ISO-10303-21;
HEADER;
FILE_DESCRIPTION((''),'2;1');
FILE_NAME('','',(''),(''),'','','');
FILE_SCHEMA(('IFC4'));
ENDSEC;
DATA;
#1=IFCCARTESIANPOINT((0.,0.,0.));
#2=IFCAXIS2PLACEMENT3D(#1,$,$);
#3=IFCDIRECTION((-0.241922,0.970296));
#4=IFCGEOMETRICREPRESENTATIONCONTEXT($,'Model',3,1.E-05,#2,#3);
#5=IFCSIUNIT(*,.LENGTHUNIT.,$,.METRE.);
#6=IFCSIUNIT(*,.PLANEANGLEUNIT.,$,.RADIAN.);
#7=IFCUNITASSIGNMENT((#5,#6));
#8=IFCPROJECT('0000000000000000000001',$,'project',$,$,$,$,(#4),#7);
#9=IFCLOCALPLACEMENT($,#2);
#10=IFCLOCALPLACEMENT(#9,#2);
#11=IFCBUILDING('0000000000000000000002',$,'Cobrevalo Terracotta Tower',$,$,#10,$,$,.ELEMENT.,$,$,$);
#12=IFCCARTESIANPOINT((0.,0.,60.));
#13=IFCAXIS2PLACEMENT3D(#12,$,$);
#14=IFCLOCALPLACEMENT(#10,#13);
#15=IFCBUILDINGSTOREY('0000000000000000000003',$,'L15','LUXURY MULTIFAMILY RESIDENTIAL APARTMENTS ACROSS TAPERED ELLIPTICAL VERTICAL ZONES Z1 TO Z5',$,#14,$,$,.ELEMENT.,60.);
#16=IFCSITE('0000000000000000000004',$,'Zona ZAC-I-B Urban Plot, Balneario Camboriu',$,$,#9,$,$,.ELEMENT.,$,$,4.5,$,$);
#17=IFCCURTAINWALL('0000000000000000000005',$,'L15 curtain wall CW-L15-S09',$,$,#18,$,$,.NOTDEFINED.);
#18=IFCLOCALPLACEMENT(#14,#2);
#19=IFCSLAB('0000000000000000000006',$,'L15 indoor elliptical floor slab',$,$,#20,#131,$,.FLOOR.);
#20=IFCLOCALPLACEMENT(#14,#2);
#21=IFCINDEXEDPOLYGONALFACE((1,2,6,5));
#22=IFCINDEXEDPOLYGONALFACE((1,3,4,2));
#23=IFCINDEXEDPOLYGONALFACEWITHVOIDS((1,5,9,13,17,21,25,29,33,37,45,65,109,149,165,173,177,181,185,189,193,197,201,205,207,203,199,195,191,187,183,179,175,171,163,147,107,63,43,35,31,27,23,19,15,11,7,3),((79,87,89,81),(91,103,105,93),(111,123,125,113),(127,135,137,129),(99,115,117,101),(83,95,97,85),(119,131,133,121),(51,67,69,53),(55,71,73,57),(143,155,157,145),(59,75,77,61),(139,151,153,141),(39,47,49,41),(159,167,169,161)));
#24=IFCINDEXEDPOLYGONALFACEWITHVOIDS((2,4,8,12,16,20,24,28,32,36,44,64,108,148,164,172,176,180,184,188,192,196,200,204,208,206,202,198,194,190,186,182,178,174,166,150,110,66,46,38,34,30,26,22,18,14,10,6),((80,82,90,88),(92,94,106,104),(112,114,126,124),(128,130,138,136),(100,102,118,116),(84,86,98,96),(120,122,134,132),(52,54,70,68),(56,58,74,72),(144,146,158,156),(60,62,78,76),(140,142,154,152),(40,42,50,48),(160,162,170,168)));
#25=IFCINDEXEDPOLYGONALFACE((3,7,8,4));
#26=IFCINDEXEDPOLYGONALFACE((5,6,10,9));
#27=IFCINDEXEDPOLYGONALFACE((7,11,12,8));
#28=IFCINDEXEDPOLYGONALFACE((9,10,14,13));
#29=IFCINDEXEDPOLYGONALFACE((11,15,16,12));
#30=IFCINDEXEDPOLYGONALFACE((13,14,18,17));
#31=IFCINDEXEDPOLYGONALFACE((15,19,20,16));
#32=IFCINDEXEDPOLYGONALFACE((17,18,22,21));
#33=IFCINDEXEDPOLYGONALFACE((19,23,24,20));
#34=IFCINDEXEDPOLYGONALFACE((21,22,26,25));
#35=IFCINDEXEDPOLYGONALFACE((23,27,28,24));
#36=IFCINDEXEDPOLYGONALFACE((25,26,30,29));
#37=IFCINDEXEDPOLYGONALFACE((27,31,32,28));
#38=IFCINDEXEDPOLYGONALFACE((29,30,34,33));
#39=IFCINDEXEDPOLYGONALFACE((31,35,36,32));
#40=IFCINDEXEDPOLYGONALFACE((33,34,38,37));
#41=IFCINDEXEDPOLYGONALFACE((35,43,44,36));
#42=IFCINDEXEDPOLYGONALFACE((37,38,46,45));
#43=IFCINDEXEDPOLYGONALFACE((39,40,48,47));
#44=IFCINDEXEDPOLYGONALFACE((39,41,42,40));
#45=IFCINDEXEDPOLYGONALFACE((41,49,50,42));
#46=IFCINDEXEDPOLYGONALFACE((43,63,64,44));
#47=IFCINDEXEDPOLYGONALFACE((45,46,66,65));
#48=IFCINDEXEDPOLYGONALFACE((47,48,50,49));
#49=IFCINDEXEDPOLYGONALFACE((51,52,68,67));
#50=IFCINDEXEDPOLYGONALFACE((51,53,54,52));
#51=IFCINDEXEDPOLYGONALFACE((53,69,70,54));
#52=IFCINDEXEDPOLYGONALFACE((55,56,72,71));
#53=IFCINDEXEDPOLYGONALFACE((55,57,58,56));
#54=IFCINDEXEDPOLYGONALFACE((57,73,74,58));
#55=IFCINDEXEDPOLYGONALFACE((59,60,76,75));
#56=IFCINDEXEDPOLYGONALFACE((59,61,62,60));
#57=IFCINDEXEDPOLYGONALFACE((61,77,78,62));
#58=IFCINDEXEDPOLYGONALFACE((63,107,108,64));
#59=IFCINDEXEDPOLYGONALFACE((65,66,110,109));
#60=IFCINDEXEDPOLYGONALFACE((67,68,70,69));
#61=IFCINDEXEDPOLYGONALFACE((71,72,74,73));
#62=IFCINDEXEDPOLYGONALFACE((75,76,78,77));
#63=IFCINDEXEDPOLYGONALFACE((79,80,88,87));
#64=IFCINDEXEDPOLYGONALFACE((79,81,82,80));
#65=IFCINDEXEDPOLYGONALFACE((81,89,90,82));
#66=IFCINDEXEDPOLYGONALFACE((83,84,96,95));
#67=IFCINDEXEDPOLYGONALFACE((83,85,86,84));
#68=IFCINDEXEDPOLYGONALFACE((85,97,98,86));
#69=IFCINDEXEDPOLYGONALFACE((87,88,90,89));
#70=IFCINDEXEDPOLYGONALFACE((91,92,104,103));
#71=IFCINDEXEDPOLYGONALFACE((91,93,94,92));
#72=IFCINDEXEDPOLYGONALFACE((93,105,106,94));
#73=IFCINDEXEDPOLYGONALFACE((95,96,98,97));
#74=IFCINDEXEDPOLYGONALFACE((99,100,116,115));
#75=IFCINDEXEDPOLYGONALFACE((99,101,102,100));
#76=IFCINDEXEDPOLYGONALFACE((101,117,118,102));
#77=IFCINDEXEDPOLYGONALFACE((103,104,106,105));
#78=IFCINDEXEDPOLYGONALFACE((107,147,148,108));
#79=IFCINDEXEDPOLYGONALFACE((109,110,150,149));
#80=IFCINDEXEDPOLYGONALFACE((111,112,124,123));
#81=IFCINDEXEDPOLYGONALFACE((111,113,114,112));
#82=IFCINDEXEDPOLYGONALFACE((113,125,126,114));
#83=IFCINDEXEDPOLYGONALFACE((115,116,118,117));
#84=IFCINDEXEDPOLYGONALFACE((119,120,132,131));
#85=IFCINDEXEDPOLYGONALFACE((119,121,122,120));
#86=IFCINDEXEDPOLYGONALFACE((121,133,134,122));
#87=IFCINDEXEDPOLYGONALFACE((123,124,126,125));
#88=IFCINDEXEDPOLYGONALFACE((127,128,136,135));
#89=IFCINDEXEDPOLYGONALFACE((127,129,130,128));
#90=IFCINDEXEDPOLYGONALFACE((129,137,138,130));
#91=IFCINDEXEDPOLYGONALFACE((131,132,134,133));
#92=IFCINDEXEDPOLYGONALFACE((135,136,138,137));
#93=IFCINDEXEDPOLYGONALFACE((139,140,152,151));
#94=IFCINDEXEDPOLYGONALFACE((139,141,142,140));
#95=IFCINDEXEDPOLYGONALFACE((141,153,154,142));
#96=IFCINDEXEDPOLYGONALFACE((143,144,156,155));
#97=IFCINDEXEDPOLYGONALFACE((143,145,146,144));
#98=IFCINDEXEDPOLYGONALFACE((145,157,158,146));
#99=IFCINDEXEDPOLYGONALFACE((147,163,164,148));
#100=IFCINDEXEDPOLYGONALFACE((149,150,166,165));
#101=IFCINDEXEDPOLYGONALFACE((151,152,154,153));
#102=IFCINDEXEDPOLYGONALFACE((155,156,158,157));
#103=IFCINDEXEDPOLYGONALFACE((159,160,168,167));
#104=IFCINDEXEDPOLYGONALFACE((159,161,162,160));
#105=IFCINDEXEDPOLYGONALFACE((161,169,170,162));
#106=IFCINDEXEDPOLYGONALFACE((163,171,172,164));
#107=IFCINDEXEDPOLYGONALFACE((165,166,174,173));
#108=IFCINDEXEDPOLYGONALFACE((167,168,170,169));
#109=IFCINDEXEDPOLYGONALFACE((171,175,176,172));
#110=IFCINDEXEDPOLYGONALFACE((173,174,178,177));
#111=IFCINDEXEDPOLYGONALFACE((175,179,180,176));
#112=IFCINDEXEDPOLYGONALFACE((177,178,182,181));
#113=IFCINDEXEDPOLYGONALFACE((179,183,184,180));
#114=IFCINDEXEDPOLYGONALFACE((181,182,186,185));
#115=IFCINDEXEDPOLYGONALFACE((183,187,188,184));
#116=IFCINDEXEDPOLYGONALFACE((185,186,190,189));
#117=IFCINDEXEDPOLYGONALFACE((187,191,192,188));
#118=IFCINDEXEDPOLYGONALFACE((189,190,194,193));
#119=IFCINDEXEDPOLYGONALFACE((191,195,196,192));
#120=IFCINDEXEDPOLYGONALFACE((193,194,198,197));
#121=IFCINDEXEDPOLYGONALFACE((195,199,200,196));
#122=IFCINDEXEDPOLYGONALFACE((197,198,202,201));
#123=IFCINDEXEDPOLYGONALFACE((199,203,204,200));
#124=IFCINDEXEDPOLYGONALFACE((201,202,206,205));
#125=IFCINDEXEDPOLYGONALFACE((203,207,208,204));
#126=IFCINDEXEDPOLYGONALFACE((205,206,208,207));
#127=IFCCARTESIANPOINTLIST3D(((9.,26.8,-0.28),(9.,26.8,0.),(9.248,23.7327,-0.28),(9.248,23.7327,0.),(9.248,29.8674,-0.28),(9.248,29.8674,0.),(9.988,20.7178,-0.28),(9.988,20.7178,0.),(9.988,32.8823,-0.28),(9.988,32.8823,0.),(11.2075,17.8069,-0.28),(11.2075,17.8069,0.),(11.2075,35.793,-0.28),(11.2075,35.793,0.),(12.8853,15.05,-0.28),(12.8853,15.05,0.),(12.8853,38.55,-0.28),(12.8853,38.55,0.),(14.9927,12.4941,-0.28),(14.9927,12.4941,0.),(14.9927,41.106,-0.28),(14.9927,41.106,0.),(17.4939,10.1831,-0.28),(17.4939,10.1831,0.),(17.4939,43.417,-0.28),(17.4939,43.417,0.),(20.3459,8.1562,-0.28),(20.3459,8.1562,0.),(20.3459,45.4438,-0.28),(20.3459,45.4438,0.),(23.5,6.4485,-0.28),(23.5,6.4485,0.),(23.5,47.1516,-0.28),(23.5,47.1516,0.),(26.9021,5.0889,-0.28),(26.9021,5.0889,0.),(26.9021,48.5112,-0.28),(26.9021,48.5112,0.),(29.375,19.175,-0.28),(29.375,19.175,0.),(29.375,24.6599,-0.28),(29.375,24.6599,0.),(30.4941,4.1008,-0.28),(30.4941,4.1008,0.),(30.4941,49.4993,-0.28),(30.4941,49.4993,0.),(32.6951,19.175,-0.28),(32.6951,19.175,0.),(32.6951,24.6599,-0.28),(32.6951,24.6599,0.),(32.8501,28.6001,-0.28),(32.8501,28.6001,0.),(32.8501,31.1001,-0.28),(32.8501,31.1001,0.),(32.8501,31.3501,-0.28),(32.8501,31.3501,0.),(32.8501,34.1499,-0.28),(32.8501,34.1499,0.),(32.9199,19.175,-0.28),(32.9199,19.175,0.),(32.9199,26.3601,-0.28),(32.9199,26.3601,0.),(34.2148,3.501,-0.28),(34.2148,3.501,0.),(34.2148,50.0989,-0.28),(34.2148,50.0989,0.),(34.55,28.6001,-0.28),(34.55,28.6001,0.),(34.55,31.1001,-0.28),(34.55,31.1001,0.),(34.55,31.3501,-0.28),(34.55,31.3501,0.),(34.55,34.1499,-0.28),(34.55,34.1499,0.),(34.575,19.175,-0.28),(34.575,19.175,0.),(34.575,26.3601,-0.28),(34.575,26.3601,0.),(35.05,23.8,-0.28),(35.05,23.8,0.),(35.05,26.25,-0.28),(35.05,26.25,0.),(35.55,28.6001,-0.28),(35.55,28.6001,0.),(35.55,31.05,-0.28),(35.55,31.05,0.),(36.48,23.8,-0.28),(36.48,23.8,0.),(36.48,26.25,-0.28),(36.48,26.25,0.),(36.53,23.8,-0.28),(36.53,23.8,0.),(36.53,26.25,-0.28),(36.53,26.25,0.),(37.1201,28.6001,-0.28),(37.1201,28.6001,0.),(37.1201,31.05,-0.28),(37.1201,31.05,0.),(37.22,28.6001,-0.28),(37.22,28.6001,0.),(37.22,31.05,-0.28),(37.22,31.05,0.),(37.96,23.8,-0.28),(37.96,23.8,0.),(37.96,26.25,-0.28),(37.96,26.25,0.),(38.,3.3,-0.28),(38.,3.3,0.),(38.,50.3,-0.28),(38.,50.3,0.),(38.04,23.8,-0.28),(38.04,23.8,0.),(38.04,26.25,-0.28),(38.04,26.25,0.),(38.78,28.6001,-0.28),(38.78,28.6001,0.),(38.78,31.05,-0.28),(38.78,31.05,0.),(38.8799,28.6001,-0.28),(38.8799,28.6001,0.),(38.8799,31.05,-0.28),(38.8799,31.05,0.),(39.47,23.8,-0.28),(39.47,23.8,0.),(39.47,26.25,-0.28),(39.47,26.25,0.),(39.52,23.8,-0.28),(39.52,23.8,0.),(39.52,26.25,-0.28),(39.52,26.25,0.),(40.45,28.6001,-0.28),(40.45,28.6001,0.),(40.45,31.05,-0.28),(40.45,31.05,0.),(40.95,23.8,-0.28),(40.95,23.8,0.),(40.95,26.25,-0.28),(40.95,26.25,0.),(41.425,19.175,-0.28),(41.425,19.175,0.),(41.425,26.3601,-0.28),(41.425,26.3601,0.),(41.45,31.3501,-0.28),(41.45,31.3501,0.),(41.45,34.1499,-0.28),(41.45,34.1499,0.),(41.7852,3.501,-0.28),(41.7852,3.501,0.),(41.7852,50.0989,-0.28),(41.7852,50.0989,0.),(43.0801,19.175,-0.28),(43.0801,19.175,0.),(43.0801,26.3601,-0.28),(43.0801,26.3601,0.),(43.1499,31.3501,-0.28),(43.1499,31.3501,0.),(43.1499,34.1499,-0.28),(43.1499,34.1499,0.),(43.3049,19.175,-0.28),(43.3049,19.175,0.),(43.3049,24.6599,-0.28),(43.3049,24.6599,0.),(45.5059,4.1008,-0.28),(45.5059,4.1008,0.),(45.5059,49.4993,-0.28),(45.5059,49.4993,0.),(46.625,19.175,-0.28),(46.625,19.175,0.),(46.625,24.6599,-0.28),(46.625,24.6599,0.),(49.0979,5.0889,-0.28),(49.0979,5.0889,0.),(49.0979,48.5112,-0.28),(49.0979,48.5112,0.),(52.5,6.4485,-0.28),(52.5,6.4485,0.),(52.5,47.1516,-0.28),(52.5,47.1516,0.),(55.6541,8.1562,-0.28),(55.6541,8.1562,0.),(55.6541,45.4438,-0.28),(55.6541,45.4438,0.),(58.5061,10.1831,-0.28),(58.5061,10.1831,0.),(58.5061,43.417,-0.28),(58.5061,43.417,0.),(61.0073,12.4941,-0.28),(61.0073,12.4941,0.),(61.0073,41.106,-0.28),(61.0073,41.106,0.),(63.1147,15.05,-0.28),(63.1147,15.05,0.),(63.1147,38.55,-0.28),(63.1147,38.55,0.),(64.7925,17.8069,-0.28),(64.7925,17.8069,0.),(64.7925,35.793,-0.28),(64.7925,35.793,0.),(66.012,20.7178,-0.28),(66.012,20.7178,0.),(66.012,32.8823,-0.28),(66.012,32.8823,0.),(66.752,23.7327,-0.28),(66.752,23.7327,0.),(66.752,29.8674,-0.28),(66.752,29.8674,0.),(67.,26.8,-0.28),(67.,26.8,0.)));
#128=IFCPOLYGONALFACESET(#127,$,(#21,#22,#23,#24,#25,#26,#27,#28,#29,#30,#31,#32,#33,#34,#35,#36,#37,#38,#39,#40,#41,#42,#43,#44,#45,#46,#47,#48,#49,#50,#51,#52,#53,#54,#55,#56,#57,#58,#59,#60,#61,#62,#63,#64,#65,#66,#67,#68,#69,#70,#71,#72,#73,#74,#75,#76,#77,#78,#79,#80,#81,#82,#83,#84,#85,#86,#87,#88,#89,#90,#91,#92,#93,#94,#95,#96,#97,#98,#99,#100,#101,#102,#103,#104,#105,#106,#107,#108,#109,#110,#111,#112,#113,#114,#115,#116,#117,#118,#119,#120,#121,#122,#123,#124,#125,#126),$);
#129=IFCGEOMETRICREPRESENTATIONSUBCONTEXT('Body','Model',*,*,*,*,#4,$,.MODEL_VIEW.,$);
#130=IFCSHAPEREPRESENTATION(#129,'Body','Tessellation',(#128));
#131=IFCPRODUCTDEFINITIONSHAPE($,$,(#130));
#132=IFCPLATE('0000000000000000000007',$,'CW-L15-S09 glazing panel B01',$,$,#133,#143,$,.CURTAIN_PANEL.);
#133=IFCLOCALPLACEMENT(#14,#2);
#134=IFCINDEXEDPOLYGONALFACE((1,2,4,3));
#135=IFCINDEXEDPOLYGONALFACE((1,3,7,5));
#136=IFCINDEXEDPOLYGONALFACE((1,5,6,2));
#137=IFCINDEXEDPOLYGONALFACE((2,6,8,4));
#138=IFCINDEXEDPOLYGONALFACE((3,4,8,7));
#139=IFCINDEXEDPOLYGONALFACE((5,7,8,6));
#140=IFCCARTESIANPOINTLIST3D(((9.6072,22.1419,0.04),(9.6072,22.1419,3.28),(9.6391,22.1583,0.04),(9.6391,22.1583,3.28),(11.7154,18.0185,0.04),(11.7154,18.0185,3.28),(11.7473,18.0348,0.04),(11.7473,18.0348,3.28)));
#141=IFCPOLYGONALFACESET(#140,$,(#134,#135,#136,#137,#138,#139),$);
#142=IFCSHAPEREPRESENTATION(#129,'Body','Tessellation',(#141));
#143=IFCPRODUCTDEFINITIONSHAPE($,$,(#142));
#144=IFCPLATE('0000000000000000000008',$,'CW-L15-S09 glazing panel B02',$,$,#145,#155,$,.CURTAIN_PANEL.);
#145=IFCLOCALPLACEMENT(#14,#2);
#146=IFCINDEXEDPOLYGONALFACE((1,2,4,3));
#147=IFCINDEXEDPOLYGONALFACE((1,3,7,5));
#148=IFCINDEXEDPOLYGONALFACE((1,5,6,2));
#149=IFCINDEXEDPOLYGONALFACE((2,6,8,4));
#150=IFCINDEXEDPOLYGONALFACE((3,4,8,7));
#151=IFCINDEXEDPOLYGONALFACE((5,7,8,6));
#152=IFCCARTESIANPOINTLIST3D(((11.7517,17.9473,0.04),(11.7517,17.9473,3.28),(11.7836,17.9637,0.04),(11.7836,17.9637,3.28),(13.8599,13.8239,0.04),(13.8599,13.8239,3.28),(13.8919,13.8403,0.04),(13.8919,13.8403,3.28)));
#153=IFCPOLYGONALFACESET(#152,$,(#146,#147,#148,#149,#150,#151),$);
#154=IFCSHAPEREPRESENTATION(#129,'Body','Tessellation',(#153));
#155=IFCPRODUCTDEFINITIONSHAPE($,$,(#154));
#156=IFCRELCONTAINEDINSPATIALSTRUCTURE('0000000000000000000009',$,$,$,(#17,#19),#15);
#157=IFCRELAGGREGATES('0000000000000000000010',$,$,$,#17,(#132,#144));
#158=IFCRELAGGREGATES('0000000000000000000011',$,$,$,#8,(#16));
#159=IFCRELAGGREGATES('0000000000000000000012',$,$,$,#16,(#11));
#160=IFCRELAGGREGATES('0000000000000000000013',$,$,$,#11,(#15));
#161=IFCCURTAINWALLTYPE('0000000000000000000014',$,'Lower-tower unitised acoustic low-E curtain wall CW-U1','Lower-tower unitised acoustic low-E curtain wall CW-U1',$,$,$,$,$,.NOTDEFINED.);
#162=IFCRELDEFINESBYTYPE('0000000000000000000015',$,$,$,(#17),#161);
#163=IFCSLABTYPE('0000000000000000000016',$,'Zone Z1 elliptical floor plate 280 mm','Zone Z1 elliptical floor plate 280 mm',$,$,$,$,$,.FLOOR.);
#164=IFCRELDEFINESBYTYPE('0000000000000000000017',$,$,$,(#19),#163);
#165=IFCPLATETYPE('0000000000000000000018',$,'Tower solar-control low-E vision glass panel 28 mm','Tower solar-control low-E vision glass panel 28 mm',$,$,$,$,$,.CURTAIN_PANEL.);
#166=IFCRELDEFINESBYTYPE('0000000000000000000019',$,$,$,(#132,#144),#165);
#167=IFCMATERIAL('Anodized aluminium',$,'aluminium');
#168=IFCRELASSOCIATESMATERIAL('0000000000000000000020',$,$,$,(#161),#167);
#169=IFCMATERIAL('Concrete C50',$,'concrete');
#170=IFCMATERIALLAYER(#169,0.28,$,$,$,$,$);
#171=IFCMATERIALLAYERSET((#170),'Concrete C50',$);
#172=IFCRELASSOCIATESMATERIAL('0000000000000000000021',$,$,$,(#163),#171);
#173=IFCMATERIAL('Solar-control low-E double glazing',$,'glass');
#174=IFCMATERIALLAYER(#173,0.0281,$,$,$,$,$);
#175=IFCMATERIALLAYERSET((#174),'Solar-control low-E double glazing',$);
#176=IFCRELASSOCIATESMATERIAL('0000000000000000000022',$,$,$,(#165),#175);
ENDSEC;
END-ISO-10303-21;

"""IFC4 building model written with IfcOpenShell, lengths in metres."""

from ifc_helpers import new_model, si_unit, direction, frame, origin, origin_2d, place, context, subcontext, project, spatial, polyline, rectangle, outline, extrude, source, transform, mapped, material, layer, layer_set, type_object, element, aggregate, save


model = new_model("IFC4")

# Units and contexts
model_context = context("Model", 3, precision=1e-05, world=origin(), true_north=direction((-0.241922, 0.970296)))
body_context = subcontext(model_context, "Body", "Model", "MODEL_VIEW")
ifc_project = project(units=[si_unit("LENGTHUNIT", "METRE"), si_unit("PLANEANGLEUNIT", "RADIAN")], contexts=[model_context])

# Site, building, storey
site_placement = place(None, origin())
site = spatial("IfcSite", under=ifc_project, at=site_placement, Name="Zona ZAC-I-B Urban Plot, Balneario Camboriu", CompositionType="ELEMENT", RefElevation=4.5)
building_placement = place(site_placement, origin())
building = spatial("IfcBuilding", under=site, at=building_placement, Name="Cobrevalo Terracotta Tower", CompositionType="ELEMENT")
storey_placement = place(building_placement, frame((0.0, 0.0, 60.0)))
storey = spatial("IfcBuildingStorey", under=building, at=storey_placement, Name="L15", Description="LUXURY MULTIFAMILY RESIDENTIAL APARTMENTS ACROSS TAPERED ELLIPTICAL VERTICAL ZONES Z1 TO Z5", CompositionType="ELEMENT", Elevation=60.0)

# Curtain wall
ifc_material_1 = material(Name="Anodized aluminium", Category="aluminium")
curtain_wall_type = type_object("IfcCurtainWallType", Name="Lower-tower unitised acoustic low-E curtain wall CW-U1", Description="Lower-tower unitised acoustic low-E curtain wall CW-U1", PredefinedType="NOTDEFINED", material=ifc_material_1)
curtain_wall_1_placement = place(storey_placement, origin())
curtain_wall_1 = element("IfcCurtainWall", 1, at=curtain_wall_1_placement, inside=storey, type_object=curtain_wall_type, Name="L15 curtain wall CW-L15-S09", PredefinedType="NOTDEFINED")

# Shared definitions
ifc_material_2 = material(Name="Concrete C50", Category="concrete")

# Slab
ifc_layer_1 = layer(ifc_material_2, 0.28)
ifc_layer_set_1 = layer_set([ifc_layer_1], Name="Concrete C50")
slab_type_1 = type_object("IfcSlabType", Name="Zone Z1 elliptical floor plate 280 mm", Description="Zone Z1 elliptical floor plate 280 mm", PredefinedType="FLOOR", material=ifc_layer_set_1)
slab_1_placement = place(storey_placement, frame((0.0, 0.0, -0.28)))
element("IfcSlab", 2, at=slab_1_placement, inside=storey, type_object=slab_type_1, Name="L15 indoor elliptical floor slab", PredefinedType="FLOOR", context=body_context, shape_type="SweptSolid", body=[
    extrude(outline(polyline([(66.752, 23.7327), (66.012, 20.7178), (64.7925, 17.8069), (63.1147, 15.05), (61.0073, 12.4941), (58.5061, 10.1831), (55.6541, 8.1562), (52.5, 6.4485), (49.0979, 5.0889), (45.5059, 4.1008), (41.7852, 3.501), (38.0, 3.3), (34.2148, 3.501), (30.4941, 4.1008), (26.9021, 5.0889), (23.5, 6.4485), (20.3459, 8.1562), (17.4939, 10.1831), (14.9927, 12.4941), (12.8853, 15.05), (11.2075, 17.8069), (9.988, 20.7178), (9.248, 23.7327), (9.0, 26.8), (9.248, 29.8674), (9.988, 32.8823), (11.2075, 35.793), (12.8853, 38.55), (14.9927, 41.106), (17.4939, 43.417), (20.3459, 45.4438), (23.5, 47.1516), (26.9021, 48.5112), (30.4941, 49.4993), (34.2148, 50.0989), (38.0, 50.3), (41.7852, 50.0989), (45.5059, 49.4993), (49.0979, 48.5112), (52.5, 47.1516), (55.6541, 45.4438), (58.5061, 43.417), (61.0073, 41.106), (63.1147, 38.55), (64.7925, 35.793), (66.012, 32.8823), (66.752, 29.8674), (67.0, 26.8), (66.752, 23.7327)]), holes=[polyline([(32.6951, 19.175), (32.6951, 24.6599), (29.375, 24.6599), (29.375, 19.175), (32.6951, 19.175)]), polyline([(34.575, 19.175), (34.575, 26.3601), (32.9199, 26.3601), (32.9199, 19.175), (34.575, 19.175)]), polyline([(36.48, 23.8), (36.48, 26.25), (35.05, 26.25), (35.05, 23.8), (36.48, 23.8)]), polyline([(37.96, 23.8), (37.96, 26.25), (36.53, 26.25), (36.53, 23.8), (37.96, 23.8)]), polyline([(37.1201, 28.6001), (37.1201, 31.05), (35.55, 31.05), (35.55, 28.6001), (37.1201, 28.6001)]), polyline([(34.55, 28.6001), (34.55, 31.1001), (32.8501, 31.1001), (32.8501, 28.6001), (34.55, 28.6001)]), polyline([(34.55, 31.3501), (34.55, 34.1499), (32.8501, 34.1499), (32.8501, 31.3501), (34.55, 31.3501)]), polyline([(46.625, 19.175), (46.625, 24.6599), (43.3049, 24.6599), (43.3049, 19.175), (46.625, 19.175)]), polyline([(43.0801, 19.175), (43.0801, 26.3601), (41.425, 26.3601), (41.425, 19.175), (43.0801, 19.175)]), polyline([(39.47, 23.8), (39.47, 26.25), (38.04, 26.25), (38.04, 23.8), (39.47, 23.8)]), polyline([(40.95, 23.8), (40.95, 26.25), (39.52, 26.25), (39.52, 23.8), (40.95, 23.8)]), polyline([(38.78, 28.6001), (38.78, 31.05), (37.22, 31.05), (37.22, 28.6001), (38.78, 28.6001)]), polyline([(40.45, 28.6001), (40.45, 31.05), (38.8799, 31.05), (38.8799, 28.6001), (40.45, 28.6001)]), polyline([(43.1499, 31.3501), (43.1499, 34.1499), (41.45, 34.1499), (41.45, 31.3501), (43.1499, 31.3501)])]), origin(), (0.0, 0.0, 1.0), 0.28),
])

# Plates
ifc_material_3 = material(Name="Solar-control low-E double glazing", Category="glass")
ifc_layer_2 = layer(ifc_material_3, 0.0281)
ifc_layer_set_2 = layer_set([ifc_layer_2], Name="Solar-control low-E double glazing")
plate_type = type_object("IfcPlateType", Name="Tower solar-control low-E vision glass panel 28 mm", Description="Tower solar-control low-E vision glass panel 28 mm", PredefinedType="CURTAIN_PANEL", material=ifc_layer_set_2)
shared_shape_1 = source(origin(), body_context, "Body", "SweptSolid", [
    extrude(rectangle(XDim=4.6311, YDim=0.0359, at=origin_2d()), origin(), (0.0, 0.0, 1.0), 3.24),
])
plate_1_placement = place(storey_placement, frame((10.6772, 20.0884, 0.04), z_axis=(0.0, 0.0, 1.0), x_axis=(0.455231, -0.890373, 0.0)))
plate_1 = element("IfcPlate", 3, at=plate_1_placement, type_object=plate_type, Name="CW-L15-S09 glazing panel B01", PredefinedType="CURTAIN_PANEL", context=body_context, shape_type="MappedRepresentation", body=[
    mapped(shared_shape_1, transform((0.0, 0.0, 0.0), scale=1.0)),
])
plate_2_placement = place(storey_placement, frame((12.8218, 15.8938, 0.04), z_axis=(0.0, 0.0, 1.0), x_axis=(0.455231, -0.890373, 0.0)))
plate_2 = element("IfcPlate", 4, at=plate_2_placement, type_object=plate_type, Name="CW-L15-S09 glazing panel B02", PredefinedType="CURTAIN_PANEL", context=body_context, shape_type="MappedRepresentation", body=[
    mapped(shared_shape_1, transform((0.0, 0.0, 0.0), scale=1.0)),
])
aggregate(curtain_wall_1, [plate_1, plate_2])

save(model, "model.ifc")
